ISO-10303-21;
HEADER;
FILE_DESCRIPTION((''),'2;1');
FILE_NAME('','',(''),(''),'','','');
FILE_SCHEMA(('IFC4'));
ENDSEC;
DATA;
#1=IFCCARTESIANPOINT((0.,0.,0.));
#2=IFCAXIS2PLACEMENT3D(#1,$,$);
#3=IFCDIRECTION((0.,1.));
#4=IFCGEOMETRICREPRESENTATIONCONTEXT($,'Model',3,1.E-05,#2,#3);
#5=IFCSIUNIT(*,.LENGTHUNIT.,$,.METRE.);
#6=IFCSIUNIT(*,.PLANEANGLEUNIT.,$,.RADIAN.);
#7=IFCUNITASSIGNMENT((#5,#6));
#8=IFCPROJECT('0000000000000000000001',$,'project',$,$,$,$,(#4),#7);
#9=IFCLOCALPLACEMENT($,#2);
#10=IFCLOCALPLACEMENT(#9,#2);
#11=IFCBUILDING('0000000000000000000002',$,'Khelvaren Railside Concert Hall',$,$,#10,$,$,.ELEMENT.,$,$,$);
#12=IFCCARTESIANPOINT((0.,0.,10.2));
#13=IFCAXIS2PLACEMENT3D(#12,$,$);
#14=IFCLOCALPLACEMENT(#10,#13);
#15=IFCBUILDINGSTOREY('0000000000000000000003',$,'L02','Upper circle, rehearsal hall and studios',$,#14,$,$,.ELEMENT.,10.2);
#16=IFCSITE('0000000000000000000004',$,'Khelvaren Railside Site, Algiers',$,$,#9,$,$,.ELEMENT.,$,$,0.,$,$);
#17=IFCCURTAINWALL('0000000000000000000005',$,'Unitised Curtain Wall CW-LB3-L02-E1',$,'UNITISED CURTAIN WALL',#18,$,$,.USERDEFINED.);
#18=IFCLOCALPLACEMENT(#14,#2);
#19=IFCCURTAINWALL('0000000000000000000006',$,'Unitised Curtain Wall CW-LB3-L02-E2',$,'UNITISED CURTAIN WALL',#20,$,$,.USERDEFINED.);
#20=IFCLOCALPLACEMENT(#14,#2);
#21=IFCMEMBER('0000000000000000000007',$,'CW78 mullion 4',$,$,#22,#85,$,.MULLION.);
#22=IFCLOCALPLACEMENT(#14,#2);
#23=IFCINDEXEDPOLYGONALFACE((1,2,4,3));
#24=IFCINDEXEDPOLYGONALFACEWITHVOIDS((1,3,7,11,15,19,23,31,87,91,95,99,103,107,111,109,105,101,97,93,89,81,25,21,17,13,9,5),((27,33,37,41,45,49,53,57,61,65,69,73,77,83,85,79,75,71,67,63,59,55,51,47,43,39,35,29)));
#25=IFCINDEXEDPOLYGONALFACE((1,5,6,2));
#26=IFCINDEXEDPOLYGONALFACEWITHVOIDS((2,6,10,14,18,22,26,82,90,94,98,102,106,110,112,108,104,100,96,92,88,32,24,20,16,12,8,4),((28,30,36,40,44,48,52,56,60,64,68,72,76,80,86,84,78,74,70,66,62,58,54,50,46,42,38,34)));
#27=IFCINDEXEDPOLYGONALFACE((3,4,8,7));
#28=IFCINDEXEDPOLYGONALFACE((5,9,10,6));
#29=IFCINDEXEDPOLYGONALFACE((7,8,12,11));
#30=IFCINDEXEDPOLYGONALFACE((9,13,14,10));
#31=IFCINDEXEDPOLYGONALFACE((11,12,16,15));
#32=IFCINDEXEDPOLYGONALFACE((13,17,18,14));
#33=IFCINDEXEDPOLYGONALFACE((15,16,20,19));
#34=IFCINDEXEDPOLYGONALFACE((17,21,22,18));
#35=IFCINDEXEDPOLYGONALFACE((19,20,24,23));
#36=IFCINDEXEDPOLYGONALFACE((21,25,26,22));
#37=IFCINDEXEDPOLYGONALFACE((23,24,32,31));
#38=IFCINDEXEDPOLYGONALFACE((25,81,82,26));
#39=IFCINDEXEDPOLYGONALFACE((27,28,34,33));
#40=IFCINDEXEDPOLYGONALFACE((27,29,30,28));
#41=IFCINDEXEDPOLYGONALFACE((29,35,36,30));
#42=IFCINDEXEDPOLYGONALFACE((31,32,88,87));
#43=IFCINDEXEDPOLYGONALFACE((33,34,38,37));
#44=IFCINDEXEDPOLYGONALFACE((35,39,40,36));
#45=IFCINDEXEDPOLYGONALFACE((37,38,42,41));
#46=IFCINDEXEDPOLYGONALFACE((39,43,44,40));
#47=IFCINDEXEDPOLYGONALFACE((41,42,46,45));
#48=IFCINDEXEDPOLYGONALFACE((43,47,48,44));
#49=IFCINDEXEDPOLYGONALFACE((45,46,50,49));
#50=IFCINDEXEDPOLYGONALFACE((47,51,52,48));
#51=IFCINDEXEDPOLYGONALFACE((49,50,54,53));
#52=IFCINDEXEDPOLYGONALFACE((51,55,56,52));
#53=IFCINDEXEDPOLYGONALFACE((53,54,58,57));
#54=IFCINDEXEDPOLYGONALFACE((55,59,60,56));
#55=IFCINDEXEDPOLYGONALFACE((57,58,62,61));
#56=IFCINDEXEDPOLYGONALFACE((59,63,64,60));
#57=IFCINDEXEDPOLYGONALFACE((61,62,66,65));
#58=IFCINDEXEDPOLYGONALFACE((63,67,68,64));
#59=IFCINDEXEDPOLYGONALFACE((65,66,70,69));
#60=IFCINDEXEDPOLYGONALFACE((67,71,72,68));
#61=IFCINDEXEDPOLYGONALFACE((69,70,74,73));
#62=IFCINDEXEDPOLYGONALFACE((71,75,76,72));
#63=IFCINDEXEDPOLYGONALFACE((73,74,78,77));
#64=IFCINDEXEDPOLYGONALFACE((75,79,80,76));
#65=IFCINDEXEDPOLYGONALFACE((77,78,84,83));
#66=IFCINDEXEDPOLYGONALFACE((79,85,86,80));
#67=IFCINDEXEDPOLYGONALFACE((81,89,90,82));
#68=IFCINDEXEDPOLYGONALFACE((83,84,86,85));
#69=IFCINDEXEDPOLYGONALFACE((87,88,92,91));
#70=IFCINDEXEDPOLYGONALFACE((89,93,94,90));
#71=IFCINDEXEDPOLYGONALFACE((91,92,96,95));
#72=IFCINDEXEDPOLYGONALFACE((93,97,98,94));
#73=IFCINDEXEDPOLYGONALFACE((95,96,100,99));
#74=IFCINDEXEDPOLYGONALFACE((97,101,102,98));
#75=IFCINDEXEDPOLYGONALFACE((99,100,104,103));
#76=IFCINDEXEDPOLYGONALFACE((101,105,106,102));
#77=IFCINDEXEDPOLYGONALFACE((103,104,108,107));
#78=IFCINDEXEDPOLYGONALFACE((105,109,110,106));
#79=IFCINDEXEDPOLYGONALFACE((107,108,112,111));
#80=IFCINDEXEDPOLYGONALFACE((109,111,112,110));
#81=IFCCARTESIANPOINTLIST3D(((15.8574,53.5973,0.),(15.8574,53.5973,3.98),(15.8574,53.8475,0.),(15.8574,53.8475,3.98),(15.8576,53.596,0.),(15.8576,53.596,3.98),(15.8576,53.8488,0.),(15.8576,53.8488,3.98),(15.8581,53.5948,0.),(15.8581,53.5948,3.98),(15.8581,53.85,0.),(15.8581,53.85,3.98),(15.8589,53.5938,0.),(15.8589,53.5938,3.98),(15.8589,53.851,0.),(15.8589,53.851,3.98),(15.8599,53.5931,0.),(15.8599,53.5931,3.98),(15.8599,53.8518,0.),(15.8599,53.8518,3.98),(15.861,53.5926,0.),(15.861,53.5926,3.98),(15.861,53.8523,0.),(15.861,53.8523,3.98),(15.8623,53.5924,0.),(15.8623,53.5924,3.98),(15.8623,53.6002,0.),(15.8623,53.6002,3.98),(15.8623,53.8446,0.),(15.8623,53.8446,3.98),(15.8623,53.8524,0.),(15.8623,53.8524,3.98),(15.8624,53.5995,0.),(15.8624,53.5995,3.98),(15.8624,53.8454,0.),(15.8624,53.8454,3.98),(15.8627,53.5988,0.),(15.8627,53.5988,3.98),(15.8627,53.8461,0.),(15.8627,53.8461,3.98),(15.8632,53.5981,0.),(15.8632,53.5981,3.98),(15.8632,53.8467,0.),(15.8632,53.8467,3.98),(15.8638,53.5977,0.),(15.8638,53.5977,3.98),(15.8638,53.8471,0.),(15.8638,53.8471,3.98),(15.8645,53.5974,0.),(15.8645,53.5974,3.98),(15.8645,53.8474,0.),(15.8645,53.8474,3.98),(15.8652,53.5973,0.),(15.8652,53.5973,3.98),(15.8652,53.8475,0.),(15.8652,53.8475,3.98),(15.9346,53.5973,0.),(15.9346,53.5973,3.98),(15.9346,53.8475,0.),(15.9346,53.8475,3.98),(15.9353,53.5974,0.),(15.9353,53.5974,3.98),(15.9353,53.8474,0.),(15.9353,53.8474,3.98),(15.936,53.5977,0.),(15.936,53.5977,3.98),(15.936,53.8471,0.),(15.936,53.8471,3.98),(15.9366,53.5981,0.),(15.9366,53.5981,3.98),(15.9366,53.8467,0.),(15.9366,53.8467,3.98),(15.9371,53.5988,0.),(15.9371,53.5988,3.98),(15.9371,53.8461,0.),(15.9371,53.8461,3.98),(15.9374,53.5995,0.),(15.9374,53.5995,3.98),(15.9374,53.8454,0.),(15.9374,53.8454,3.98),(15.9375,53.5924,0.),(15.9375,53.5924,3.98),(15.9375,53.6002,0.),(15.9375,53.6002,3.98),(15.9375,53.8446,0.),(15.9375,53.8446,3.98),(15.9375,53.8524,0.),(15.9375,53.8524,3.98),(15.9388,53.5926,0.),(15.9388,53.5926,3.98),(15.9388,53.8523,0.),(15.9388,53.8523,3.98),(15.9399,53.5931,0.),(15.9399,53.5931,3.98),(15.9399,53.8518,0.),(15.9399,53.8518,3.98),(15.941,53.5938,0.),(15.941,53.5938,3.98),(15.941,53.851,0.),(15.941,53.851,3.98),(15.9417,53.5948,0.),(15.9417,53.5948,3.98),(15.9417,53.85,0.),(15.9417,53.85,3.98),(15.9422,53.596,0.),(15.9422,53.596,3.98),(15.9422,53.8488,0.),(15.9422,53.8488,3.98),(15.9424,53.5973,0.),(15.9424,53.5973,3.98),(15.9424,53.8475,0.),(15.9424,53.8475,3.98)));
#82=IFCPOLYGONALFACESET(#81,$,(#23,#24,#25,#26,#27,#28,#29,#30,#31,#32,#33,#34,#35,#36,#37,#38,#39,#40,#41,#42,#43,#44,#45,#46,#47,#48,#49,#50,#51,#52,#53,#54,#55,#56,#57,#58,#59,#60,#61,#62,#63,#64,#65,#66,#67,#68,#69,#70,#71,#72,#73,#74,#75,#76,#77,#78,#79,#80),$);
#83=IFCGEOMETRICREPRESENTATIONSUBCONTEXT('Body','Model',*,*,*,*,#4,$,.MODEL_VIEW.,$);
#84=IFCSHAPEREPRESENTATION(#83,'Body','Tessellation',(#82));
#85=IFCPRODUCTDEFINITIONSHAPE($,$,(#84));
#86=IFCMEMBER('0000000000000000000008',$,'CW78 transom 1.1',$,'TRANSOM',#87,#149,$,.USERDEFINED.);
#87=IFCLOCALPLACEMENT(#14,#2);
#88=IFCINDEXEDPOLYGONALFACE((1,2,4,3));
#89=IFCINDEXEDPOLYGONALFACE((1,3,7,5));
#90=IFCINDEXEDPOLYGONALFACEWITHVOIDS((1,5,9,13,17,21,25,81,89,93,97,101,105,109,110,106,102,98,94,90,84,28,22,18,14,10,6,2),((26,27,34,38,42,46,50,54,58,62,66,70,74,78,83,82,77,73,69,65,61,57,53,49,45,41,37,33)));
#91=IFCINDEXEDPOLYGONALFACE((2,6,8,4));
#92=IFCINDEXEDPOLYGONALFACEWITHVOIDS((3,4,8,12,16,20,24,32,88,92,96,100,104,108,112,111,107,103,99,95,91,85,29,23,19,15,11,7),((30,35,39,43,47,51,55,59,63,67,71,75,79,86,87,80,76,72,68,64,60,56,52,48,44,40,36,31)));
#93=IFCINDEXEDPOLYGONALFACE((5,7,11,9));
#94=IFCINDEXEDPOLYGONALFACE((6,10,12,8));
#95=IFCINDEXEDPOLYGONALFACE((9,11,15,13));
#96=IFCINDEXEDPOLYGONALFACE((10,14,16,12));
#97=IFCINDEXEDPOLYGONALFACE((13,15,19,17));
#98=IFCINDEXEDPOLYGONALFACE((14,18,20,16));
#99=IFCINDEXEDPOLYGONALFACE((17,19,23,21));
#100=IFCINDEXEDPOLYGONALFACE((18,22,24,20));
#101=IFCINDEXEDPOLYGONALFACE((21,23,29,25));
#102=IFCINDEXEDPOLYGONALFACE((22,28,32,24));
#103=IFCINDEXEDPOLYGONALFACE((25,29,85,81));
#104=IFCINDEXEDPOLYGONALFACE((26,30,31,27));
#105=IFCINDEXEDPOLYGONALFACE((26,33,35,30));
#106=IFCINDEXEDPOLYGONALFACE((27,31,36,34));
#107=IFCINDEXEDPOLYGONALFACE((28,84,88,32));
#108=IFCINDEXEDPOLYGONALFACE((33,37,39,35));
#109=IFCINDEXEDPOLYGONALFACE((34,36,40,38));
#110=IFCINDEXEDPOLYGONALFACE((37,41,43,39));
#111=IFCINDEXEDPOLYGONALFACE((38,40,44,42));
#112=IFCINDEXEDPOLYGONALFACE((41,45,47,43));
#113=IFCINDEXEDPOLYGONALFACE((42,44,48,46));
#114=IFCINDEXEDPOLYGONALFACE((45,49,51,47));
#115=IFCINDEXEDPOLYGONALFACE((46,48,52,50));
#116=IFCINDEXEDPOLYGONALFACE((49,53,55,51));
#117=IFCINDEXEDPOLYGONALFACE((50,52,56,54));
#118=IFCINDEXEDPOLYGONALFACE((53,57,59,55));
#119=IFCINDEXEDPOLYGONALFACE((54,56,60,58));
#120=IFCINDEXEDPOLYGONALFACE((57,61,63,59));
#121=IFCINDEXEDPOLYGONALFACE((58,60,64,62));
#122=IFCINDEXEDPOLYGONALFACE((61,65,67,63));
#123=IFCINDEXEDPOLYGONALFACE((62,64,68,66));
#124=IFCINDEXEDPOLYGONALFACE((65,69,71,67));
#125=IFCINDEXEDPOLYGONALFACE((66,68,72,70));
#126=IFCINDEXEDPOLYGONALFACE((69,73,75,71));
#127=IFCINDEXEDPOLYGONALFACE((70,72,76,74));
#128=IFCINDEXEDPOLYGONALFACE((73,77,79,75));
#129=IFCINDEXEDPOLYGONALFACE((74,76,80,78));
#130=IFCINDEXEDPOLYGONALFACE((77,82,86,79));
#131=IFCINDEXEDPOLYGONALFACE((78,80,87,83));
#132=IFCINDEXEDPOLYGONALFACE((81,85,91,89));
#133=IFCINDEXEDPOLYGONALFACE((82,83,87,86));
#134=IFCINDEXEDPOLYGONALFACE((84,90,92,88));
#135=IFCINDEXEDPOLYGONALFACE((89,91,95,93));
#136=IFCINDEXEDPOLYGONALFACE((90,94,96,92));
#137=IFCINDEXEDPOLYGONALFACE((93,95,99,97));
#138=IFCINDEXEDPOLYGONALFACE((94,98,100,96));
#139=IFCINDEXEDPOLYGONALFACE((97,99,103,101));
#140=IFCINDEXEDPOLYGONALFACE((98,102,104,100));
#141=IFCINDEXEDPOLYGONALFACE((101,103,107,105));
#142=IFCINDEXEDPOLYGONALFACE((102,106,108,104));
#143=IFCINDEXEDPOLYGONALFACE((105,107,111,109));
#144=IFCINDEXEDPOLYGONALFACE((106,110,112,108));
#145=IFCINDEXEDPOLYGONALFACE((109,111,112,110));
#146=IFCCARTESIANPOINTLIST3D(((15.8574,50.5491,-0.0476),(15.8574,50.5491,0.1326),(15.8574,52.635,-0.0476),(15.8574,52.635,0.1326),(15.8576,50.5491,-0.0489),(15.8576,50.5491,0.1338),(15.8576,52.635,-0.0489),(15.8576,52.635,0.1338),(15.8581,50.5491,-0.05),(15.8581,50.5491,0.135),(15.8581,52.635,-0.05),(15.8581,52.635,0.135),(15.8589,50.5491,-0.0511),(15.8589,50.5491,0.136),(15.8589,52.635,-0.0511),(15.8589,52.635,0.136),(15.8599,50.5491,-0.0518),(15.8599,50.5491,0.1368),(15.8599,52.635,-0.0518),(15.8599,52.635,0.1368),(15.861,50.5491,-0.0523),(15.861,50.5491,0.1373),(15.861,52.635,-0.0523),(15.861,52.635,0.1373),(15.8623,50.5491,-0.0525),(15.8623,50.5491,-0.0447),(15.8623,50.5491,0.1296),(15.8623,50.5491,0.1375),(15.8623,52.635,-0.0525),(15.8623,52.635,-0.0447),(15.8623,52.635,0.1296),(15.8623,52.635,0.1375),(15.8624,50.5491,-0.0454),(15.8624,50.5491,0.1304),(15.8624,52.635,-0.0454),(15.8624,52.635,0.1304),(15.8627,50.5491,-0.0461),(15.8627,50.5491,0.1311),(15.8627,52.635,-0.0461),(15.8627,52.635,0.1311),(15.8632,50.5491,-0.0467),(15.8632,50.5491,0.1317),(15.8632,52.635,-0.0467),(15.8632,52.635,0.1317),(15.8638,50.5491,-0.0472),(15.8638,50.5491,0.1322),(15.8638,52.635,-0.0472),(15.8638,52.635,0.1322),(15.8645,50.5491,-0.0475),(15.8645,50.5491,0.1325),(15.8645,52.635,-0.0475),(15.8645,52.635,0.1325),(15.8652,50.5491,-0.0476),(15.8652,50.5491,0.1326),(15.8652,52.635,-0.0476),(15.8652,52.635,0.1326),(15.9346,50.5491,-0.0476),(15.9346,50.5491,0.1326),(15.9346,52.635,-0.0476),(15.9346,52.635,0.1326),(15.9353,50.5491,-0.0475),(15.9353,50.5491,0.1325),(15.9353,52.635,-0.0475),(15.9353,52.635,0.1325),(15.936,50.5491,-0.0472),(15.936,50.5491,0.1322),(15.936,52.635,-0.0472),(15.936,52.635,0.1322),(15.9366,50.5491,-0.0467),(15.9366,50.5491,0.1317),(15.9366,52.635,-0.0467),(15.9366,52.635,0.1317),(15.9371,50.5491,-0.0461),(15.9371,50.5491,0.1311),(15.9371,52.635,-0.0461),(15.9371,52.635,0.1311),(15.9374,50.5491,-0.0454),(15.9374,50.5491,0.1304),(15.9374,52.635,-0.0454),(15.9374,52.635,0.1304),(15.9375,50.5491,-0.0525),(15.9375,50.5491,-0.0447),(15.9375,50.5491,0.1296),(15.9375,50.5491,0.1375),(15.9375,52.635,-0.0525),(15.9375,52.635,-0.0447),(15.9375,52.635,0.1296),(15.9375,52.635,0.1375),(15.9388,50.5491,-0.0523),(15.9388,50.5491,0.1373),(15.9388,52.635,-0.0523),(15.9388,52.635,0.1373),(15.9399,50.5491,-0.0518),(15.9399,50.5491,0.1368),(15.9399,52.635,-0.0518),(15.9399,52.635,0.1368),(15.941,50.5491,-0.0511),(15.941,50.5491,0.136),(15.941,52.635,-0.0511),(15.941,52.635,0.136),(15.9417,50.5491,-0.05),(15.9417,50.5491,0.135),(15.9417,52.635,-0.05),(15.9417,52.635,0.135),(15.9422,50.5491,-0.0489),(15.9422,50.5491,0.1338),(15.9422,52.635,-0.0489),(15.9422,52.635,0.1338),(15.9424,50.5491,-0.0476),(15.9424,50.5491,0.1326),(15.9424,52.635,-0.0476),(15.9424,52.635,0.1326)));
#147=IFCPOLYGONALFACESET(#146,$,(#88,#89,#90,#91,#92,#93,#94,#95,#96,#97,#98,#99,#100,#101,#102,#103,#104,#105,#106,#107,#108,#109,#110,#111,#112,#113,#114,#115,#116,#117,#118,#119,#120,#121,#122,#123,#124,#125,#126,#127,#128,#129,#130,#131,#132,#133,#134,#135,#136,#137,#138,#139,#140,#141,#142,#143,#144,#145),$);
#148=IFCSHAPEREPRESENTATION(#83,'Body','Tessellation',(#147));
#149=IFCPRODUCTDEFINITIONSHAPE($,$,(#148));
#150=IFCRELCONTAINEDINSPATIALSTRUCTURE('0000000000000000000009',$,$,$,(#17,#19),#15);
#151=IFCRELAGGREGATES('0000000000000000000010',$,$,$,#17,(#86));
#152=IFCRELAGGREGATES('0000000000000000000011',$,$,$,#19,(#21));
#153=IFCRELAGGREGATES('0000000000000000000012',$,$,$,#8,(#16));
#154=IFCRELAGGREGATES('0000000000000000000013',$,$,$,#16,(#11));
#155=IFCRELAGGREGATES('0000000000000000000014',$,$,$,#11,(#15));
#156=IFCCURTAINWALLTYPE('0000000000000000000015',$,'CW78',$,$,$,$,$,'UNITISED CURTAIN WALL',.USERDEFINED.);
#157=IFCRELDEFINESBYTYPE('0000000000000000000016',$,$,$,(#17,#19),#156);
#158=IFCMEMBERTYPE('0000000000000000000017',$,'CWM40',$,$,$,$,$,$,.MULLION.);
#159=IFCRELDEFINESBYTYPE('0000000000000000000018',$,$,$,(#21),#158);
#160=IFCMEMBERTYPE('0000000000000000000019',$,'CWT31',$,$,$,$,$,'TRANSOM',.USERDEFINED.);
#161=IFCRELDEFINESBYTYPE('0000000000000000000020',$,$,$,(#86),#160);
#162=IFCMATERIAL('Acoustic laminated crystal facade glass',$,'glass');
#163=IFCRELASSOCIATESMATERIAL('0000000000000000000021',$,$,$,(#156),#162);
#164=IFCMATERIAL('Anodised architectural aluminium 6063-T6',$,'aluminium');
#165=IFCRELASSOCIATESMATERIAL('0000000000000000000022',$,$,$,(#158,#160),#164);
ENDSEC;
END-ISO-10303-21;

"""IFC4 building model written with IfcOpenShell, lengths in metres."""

from ifc_helpers import new_model, si_unit, direction, frame, origin, origin_2d, place, context, subcontext, project, spatial, hollow_rectangle, extrude, material, material_profile, profile_set, type_object, element, aggregate, save


model = new_model("IFC4")

# Units and contexts
model_context = context("Model", 3, precision=1e-05, world=origin(), true_north=direction((0.0, 1.0)))
body_context = subcontext(model_context, "Body", "Model", "MODEL_VIEW")
ifc_project = project(units=[si_unit("LENGTHUNIT", "METRE"), si_unit("PLANEANGLEUNIT", "RADIAN")], contexts=[model_context])

# Site, building, storey
site_placement = place(None, origin())
site = spatial("IfcSite", under=ifc_project, at=site_placement, Name="Khelvaren Railside Site, Algiers", CompositionType="ELEMENT", RefElevation=0.0)
building_placement = place(site_placement, origin())
building = spatial("IfcBuilding", under=site, at=building_placement, Name="Khelvaren Railside Concert Hall", CompositionType="ELEMENT")
storey_placement = place(building_placement, frame((0.0, 0.0, 10.2)))
storey = spatial("IfcBuildingStorey", under=building, at=storey_placement, Name="L02", Description="Upper circle, rehearsal hall and studios", CompositionType="ELEMENT", Elevation=10.2)

# Curtain wall
ifc_material_1 = material(Name="Acoustic laminated crystal facade glass", Category="glass")
curtain_wall_type = type_object("IfcCurtainWallType", Name="CW78", ElementType="UNITISED CURTAIN WALL", PredefinedType="USERDEFINED", material=ifc_material_1)
curtain_wall_1_placement = place(storey_placement, origin())
curtain_wall_1 = element("IfcCurtainWall", 1, at=curtain_wall_1_placement, inside=storey, type_object=curtain_wall_type, Name="Unitised Curtain Wall CW-LB3-L02-E1", ObjectType="UNITISED CURTAIN WALL", PredefinedType="USERDEFINED")
ifc_material_2 = material(Name="Anodised architectural aluminium 6063-T6", Category="aluminium")
ifc_material_profile_1 = material_profile(ifc_material_2, hollow_rectangle(XDim=0.085, YDim=0.26, WallThickness=0.0049, InnerFilletRadius=0.0029, OuterFilletRadius=0.0049, at=origin_2d()), Name="CWM 85x260x5")
ifc_profile_set_1 = profile_set([ifc_material_profile_1], Name="Anodised architectural aluminium 6063-T6")
member_type_1 = type_object("IfcMemberType", Name="CWM40", PredefinedType="MULLION", material=ifc_profile_set_1)

# Curtain wall, member
curtain_wall_2_placement = place(storey_placement, origin())
curtain_wall_2 = element("IfcCurtainWall", 2, at=curtain_wall_2_placement, inside=storey, type_object=curtain_wall_type, Name="Unitised Curtain Wall CW-LB3-L02-E2", ObjectType="UNITISED CURTAIN WALL", PredefinedType="USERDEFINED")
member_1_placement = place(storey_placement, frame((15.8999, 53.7224, 0.0), z_axis=(0.0, 0.0, 1.0), x_axis=(1.0, 0.0, 0.0)))
member_1 = element("IfcMember", 3, at=member_1_placement, type_object=member_type_1, Name="CW78 mullion 4", PredefinedType="MULLION", context=body_context, shape_type="SweptSolid", body=[
    extrude(hollow_rectangle(XDim=0.085, YDim=0.26, WallThickness=0.0049, InnerFilletRadius=0.0029, OuterFilletRadius=0.0049, at=origin_2d()), origin(), (0.0, 0.0, 1.0), 3.98),
])

# Member
ifc_material_profile_2 = material_profile(ifc_material_2, hollow_rectangle(XDim=0.085, YDim=0.1899, WallThickness=0.0049, InnerFilletRadius=0.0029, OuterFilletRadius=0.0049, at=origin_2d()), Name="CWT 85x190x5")
ifc_profile_set_2 = profile_set([ifc_material_profile_2], Name="Anodised architectural aluminium 6063-T6")
member_type_2 = type_object("IfcMemberType", Name="CWT31", ElementType="TRANSOM", PredefinedType="USERDEFINED", material=ifc_profile_set_2)
member_2_placement = place(storey_placement, frame((15.8999, 52.635, 0.0425), z_axis=(0.0, -1.0, 0.0), x_axis=(1.0, 0.0, 0.0)))
member_2 = element("IfcMember", 4, at=member_2_placement, type_object=member_type_2, Name="CW78 transom 1.1", ObjectType="TRANSOM", PredefinedType="USERDEFINED", context=body_context, shape_type="SweptSolid", body=[
    extrude(hollow_rectangle(XDim=0.085, YDim=0.1899, WallThickness=0.0049, InnerFilletRadius=0.0029, OuterFilletRadius=0.0049, at=origin_2d()), origin(), (0.0, 0.0, 1.0), 2.0859),
])

aggregate(curtain_wall_1, [member_2])
aggregate(curtain_wall_2, [member_1])

save(model, "model.ifc")
